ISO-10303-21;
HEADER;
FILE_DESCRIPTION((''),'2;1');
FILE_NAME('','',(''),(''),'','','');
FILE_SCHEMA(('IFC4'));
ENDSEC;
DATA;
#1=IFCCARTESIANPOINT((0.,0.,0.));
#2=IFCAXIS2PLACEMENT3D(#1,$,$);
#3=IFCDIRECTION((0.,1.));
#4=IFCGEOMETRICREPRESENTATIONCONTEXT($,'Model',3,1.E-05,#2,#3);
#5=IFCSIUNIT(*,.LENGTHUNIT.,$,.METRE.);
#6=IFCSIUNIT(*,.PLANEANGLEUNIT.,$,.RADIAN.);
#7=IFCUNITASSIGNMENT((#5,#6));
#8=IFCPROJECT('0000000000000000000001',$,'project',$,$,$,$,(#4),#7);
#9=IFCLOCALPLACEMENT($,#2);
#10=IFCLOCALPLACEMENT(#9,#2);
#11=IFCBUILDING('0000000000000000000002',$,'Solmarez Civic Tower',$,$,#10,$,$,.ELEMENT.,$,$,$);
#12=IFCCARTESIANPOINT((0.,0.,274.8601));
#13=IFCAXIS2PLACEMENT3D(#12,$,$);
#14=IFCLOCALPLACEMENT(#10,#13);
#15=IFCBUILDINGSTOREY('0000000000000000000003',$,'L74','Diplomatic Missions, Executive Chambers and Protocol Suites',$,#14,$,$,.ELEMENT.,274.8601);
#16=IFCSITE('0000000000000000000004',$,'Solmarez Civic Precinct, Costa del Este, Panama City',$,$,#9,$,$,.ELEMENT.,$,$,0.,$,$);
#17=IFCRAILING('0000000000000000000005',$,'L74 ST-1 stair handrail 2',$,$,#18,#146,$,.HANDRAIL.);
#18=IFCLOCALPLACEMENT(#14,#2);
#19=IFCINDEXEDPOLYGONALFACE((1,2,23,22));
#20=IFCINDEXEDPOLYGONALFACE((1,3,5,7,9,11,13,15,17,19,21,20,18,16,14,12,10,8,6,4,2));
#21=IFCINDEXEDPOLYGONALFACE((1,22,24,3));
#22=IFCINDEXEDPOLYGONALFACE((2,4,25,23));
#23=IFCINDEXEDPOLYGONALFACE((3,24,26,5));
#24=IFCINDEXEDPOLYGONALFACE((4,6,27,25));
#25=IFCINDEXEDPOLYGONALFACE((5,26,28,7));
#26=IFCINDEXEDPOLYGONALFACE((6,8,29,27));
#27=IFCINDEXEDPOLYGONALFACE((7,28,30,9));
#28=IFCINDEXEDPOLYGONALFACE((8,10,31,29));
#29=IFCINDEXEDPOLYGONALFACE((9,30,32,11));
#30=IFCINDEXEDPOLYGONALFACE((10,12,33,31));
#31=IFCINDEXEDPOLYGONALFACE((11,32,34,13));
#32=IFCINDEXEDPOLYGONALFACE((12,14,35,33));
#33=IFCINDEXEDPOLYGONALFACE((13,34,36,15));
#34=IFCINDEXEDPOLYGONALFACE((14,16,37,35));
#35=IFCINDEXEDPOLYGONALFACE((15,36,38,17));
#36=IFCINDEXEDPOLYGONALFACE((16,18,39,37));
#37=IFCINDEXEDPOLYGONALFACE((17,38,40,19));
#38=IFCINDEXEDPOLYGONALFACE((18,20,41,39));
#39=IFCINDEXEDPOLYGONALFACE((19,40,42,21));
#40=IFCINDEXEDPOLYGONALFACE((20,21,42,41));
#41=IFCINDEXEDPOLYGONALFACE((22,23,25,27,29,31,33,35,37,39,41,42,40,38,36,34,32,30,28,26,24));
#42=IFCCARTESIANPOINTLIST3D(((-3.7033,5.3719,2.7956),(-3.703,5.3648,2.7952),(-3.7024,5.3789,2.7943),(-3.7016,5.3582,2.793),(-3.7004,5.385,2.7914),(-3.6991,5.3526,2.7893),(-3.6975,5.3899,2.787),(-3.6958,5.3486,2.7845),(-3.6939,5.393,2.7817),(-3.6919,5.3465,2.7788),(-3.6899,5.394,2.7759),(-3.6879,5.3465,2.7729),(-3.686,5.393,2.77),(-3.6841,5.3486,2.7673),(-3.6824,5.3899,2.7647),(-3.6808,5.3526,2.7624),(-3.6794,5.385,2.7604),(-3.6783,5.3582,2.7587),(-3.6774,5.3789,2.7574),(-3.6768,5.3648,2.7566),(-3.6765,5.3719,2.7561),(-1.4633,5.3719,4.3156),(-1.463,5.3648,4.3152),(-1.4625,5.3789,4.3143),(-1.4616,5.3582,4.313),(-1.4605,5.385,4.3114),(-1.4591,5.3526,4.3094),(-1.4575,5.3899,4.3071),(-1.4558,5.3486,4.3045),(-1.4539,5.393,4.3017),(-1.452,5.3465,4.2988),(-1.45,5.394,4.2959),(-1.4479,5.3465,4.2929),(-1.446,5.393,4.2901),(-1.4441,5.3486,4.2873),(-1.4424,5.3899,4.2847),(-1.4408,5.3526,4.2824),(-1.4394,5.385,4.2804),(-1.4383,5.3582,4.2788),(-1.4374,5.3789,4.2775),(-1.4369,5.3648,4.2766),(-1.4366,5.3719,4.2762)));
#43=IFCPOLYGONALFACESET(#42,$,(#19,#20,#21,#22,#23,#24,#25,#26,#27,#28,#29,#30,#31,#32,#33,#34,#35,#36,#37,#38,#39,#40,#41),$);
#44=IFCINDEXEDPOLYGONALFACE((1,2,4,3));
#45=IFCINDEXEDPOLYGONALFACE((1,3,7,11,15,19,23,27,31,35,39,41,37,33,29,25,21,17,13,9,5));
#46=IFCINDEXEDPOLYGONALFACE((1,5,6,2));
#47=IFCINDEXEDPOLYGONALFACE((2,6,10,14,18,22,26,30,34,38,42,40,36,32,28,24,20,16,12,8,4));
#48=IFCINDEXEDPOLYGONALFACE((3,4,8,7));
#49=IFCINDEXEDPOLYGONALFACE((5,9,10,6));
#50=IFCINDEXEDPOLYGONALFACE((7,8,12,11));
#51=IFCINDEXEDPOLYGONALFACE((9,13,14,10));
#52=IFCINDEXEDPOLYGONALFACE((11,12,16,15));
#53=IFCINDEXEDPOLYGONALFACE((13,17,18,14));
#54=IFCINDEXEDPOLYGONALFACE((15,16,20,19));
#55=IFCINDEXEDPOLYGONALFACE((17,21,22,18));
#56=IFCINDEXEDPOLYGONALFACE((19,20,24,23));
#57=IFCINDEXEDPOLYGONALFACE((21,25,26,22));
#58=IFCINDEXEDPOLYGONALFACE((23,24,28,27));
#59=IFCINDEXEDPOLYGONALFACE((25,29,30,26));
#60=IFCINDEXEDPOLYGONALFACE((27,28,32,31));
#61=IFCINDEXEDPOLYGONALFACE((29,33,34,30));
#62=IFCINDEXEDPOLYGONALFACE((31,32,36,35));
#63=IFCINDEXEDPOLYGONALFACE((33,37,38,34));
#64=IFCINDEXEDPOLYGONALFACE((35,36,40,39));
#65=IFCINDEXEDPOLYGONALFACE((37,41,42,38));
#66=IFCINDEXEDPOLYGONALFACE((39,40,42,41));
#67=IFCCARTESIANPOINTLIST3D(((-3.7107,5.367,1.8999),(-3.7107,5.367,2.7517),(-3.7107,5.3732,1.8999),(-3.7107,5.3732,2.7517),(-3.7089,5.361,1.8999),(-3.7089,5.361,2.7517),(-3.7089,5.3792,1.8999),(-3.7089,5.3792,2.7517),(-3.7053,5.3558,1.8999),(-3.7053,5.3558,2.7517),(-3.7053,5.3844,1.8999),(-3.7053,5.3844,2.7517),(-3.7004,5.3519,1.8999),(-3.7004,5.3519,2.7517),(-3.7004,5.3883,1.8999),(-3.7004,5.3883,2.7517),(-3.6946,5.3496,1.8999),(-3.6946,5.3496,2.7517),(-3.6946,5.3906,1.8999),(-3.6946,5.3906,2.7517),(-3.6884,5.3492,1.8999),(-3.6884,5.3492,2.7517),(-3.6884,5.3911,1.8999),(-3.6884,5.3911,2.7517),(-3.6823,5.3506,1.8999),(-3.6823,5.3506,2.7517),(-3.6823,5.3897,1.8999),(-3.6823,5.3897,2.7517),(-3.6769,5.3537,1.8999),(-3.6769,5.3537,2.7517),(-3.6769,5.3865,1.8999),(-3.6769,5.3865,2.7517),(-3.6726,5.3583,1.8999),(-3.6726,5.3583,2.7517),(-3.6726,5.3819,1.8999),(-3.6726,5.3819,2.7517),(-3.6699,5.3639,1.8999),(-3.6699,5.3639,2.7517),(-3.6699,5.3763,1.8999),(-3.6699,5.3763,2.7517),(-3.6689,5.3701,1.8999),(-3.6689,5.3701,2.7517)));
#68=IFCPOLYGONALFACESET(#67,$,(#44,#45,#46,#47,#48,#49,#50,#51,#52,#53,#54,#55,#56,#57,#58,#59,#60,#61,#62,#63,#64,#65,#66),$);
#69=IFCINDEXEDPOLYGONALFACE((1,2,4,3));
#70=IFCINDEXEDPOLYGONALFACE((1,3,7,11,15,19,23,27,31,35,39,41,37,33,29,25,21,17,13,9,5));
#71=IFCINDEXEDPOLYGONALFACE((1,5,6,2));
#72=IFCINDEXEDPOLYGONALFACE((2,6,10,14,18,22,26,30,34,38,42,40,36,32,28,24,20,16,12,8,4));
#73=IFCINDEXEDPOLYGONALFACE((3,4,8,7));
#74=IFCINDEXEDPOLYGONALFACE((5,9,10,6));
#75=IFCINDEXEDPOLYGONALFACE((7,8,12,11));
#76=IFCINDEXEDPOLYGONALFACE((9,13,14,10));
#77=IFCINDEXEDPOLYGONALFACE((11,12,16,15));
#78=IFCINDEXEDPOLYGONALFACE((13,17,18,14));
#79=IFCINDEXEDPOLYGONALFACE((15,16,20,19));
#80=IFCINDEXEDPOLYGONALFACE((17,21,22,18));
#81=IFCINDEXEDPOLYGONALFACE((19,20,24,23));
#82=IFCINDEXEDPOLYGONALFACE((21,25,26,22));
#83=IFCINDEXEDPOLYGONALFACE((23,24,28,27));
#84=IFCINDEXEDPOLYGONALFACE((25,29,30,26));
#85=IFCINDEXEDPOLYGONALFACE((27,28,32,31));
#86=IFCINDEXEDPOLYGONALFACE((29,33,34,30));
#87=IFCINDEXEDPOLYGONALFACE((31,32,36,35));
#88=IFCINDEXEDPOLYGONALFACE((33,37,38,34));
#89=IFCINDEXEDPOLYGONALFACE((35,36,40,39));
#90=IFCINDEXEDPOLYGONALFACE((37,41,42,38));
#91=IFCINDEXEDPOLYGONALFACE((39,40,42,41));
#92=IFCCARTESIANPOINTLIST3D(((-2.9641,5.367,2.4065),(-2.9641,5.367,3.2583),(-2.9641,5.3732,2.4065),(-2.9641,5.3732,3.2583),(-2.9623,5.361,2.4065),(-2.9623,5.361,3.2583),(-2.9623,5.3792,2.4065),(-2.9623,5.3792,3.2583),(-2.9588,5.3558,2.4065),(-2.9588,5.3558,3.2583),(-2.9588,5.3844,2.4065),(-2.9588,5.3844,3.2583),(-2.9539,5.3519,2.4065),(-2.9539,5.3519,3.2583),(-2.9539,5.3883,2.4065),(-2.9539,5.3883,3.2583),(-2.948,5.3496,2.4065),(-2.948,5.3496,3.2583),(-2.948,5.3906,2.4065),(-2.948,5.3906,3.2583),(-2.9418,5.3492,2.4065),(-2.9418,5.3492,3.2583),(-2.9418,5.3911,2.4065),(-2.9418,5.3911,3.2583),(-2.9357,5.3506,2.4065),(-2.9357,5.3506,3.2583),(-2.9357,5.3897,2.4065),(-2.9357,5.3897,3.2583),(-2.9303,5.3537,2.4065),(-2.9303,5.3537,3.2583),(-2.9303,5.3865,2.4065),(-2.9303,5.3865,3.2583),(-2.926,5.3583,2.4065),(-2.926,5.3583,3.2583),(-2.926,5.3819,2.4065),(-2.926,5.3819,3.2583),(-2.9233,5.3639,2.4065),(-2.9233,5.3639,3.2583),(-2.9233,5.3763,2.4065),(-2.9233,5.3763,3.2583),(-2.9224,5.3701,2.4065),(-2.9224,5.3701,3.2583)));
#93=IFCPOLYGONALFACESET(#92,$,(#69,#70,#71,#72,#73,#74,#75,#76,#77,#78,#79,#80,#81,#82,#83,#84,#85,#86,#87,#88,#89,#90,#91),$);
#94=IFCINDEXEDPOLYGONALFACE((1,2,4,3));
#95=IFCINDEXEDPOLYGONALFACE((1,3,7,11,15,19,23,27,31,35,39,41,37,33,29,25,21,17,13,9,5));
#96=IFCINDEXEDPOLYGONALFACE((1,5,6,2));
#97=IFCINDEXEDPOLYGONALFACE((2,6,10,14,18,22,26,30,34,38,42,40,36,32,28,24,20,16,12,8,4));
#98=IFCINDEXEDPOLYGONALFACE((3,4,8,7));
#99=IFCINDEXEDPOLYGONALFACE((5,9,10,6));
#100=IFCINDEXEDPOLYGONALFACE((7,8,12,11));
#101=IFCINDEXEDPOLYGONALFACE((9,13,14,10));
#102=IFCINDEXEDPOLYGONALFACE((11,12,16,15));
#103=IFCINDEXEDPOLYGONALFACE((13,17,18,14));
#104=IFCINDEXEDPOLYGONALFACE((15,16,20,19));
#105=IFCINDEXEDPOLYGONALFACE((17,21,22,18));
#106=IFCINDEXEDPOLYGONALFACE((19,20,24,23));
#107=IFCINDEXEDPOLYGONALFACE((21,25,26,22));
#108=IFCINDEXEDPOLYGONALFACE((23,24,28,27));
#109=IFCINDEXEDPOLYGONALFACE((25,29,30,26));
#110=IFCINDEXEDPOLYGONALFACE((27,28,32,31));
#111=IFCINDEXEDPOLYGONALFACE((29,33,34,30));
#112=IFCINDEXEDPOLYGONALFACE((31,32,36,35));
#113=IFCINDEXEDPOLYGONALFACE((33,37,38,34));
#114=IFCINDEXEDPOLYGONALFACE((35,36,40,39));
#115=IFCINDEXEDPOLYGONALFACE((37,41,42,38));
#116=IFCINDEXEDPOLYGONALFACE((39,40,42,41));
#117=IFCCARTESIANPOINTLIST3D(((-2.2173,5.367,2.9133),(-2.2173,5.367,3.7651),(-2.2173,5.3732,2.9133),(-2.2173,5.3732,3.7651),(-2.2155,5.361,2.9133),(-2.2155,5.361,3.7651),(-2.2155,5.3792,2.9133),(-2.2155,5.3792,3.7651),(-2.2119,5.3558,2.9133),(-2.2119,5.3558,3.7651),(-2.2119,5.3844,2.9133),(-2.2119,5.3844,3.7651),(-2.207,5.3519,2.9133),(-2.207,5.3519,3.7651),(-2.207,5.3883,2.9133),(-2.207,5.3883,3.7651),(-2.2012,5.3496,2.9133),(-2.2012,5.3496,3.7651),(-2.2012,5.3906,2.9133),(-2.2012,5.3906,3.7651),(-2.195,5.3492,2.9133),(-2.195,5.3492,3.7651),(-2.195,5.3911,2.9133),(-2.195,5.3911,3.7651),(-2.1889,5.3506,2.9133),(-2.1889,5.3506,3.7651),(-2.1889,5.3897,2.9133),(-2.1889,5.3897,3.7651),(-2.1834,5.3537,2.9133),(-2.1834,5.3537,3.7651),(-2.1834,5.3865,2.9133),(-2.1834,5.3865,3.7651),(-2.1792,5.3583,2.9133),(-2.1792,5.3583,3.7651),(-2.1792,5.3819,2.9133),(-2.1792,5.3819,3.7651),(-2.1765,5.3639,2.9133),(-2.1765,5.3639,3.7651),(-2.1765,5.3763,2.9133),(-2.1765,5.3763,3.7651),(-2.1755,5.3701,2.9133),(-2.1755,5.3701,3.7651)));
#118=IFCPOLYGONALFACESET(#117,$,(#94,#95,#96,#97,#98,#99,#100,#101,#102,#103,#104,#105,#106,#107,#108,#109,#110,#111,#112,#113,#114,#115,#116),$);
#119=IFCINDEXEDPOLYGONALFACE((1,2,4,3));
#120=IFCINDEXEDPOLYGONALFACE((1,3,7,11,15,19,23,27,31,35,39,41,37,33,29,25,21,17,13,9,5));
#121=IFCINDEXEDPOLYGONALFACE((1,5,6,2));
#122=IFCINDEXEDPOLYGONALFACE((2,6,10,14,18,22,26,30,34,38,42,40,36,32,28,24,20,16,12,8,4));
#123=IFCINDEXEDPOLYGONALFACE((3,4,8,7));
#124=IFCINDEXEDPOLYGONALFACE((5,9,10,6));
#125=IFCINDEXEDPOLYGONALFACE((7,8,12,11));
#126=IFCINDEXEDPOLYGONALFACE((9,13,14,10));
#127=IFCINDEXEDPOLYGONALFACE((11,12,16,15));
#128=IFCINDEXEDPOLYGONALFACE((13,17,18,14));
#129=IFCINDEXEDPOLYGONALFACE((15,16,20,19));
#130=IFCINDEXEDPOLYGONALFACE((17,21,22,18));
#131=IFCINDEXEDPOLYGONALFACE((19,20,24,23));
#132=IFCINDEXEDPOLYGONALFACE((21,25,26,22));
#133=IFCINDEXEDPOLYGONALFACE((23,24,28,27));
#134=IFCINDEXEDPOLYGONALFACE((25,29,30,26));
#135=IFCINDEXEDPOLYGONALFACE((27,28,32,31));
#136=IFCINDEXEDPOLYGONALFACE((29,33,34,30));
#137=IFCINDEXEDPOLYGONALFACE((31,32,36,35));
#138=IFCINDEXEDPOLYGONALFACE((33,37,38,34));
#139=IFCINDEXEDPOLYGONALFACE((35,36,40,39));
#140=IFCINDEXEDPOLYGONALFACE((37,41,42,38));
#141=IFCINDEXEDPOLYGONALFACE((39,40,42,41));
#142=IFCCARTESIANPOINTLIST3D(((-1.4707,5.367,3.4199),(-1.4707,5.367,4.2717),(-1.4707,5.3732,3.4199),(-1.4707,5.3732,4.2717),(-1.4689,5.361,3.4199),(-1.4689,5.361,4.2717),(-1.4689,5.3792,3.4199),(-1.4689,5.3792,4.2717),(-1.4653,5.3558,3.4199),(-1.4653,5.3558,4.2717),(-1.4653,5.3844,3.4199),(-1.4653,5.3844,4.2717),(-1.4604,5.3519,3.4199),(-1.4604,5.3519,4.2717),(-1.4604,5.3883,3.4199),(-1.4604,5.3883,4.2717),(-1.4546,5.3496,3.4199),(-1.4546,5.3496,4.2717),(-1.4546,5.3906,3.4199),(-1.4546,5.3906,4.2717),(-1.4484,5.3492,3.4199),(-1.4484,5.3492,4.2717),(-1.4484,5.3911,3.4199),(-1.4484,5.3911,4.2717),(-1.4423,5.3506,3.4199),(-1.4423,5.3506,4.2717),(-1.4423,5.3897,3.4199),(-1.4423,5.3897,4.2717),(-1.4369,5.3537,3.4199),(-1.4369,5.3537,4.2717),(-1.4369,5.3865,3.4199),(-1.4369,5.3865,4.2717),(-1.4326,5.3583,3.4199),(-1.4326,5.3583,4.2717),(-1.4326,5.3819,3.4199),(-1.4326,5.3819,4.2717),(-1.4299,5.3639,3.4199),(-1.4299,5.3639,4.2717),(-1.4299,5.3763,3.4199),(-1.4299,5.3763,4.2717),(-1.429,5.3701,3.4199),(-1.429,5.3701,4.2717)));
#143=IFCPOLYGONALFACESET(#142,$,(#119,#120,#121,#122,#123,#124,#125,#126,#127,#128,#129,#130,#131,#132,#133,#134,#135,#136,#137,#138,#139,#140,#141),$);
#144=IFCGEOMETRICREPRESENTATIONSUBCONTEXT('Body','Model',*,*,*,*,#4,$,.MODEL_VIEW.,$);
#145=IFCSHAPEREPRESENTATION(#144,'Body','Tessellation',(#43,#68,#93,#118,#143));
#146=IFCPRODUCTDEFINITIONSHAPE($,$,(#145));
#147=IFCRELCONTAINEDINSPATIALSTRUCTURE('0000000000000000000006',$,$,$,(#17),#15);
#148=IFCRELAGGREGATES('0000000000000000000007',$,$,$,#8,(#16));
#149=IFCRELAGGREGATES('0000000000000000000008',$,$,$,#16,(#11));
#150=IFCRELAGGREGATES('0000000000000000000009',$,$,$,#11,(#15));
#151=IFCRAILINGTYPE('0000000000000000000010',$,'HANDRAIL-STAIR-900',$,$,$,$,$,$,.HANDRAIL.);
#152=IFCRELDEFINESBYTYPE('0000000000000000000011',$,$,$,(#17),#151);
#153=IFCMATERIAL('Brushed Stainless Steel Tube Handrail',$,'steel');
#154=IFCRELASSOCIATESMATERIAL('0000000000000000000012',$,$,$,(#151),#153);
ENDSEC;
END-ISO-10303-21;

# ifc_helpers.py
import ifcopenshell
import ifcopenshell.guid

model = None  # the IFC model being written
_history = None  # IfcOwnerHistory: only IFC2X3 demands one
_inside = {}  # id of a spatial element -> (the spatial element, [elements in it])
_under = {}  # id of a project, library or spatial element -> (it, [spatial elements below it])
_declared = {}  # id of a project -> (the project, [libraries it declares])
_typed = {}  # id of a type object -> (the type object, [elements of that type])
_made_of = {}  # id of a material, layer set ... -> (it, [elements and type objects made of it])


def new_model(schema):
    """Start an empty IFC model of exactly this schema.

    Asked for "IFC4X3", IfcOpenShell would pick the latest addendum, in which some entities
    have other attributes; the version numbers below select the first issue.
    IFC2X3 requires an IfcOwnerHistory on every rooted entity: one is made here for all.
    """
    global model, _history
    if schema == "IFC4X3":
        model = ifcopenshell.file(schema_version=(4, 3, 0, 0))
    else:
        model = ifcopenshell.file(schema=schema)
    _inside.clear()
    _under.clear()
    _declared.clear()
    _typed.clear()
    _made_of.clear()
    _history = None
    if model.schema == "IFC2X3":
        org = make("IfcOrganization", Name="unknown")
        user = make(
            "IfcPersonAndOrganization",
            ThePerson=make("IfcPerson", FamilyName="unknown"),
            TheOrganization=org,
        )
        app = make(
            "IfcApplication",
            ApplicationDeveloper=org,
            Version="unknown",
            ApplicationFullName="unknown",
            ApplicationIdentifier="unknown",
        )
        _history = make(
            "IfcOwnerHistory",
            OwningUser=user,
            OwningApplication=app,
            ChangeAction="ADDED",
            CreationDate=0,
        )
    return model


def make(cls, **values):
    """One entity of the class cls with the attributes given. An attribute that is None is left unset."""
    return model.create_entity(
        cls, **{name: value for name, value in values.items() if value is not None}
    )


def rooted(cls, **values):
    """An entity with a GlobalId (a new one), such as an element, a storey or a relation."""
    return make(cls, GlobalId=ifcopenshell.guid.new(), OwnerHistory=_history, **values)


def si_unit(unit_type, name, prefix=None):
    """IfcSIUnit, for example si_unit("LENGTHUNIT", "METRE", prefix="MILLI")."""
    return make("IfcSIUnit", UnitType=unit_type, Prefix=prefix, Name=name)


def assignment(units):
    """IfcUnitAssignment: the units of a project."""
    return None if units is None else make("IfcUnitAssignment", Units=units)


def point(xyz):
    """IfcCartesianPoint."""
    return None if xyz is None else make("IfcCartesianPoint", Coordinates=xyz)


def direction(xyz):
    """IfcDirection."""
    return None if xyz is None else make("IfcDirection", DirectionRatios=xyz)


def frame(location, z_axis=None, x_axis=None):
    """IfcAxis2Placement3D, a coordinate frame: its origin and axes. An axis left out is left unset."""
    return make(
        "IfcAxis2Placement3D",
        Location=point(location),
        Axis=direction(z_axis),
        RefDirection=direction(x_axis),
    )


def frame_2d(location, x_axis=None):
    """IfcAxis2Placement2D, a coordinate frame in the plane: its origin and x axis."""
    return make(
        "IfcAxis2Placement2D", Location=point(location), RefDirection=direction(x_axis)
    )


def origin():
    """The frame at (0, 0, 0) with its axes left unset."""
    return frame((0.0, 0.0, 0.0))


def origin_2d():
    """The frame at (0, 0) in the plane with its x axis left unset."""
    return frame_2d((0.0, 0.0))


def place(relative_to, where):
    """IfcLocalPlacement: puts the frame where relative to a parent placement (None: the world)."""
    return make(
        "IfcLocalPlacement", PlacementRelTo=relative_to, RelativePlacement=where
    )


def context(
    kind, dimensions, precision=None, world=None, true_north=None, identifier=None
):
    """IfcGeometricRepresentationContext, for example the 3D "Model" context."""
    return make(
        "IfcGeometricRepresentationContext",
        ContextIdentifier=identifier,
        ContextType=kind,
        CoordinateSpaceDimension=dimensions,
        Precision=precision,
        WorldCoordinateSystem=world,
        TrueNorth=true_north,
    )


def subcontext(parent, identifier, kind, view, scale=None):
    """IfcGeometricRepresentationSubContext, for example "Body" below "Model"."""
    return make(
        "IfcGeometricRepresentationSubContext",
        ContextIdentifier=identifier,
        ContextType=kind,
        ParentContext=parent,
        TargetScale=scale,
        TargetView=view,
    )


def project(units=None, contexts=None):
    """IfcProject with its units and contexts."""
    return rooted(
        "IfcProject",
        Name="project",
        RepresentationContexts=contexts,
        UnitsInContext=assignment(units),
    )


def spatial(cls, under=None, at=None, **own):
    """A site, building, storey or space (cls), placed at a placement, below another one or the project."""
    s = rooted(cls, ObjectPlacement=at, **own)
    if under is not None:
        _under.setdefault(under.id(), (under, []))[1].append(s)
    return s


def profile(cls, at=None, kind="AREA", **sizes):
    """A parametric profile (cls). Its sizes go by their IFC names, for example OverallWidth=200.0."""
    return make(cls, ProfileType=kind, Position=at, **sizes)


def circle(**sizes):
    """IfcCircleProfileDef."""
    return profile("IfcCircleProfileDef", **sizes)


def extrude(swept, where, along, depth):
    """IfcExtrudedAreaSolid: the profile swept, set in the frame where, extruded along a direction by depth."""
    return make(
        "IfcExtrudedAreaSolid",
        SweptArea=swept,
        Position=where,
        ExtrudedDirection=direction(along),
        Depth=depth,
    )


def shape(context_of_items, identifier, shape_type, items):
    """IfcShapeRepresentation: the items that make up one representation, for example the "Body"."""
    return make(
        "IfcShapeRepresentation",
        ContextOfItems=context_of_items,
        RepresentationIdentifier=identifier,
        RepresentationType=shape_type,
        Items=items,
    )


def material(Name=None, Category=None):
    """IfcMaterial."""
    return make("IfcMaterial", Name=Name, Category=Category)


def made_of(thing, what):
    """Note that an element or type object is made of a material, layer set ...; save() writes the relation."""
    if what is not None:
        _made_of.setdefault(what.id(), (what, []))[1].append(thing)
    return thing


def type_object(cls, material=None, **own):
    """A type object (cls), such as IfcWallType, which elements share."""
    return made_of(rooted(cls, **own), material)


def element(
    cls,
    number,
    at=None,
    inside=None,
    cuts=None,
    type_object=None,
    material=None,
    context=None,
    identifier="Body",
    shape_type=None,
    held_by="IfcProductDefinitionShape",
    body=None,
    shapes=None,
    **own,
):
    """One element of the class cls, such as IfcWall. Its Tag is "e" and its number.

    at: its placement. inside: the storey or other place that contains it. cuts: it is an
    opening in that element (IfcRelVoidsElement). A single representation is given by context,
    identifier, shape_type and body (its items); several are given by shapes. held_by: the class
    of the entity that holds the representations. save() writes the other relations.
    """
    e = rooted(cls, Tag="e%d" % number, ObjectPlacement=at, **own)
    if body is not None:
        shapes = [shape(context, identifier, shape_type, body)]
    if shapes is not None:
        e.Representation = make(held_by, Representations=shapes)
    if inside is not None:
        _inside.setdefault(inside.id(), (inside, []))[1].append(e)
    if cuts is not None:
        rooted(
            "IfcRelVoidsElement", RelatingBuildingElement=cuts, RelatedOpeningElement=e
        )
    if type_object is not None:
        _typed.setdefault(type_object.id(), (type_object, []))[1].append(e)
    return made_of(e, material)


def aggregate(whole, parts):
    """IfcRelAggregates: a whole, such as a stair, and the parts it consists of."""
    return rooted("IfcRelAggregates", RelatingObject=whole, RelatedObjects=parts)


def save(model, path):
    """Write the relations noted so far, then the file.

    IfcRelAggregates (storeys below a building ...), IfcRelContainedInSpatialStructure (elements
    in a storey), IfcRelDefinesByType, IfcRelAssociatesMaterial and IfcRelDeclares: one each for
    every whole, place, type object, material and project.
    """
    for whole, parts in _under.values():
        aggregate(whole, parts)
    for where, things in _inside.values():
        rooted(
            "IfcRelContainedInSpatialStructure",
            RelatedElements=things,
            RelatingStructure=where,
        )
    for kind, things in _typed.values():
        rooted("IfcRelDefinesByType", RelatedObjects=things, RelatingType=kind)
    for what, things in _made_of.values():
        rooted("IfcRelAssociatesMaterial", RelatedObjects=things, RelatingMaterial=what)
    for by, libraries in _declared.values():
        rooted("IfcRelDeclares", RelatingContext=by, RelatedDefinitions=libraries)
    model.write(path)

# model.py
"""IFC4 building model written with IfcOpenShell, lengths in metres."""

from ifc_helpers import new_model, si_unit, direction, frame, origin, origin_2d, place, context, subcontext, project, spatial, circle, extrude, material, type_object, element, save


model = new_model("IFC4")

# Units and contexts
model_context = context("Model", 3, precision=1e-05, world=origin(), true_north=direction((0.0, 1.0)))
body_context = subcontext(model_context, "Body", "Model", "MODEL_VIEW")
ifc_project = project(units=[si_unit("LENGTHUNIT", "METRE"), si_unit("PLANEANGLEUNIT", "RADIAN")], contexts=[model_context])

# Site, building, storey
site_placement = place(None, origin())
site = spatial("IfcSite", under=ifc_project, at=site_placement, Name="Solmarez Civic Precinct, Costa del Este, Panama City", CompositionType="ELEMENT", RefElevation=0.0)
building_placement = place(site_placement, origin())
building = spatial("IfcBuilding", under=site, at=building_placement, Name="Solmarez Civic Tower", CompositionType="ELEMENT")
storey_placement = place(building_placement, frame((0.0, 0.0, 274.8601)))
storey = spatial("IfcBuildingStorey", under=building, at=storey_placement, Name="L74", Description="Diplomatic Missions, Executive Chambers and Protocol Suites", CompositionType="ELEMENT", Elevation=274.8601)

# Railing
ifc_material_1 = material(Name="Brushed Stainless Steel Tube Handrail", Category="steel")
railing_type_1 = type_object("IfcRailingType", Name="HANDRAIL-STAIR-900", PredefinedType="HANDRAIL", material=ifc_material_1)
railing_1_placement = place(storey_placement, frame((-3.6899, 5.3701, 1.8999)))
element("IfcRailing", 1, at=railing_1_placement, inside=storey, type_object=railing_type_1, Name="L74 ST-1 stair handrail 2", PredefinedType="HANDRAIL", context=body_context, shape_type="SweptSolid", body=[
    extrude(circle(Radius=0.0239, at=origin_2d()), frame((0.0, 0.0, 0.876), z_axis=(0.827471, 0.0, 0.561508), x_axis=(0.0, 1.0, 0.0)), (0.0, 0.0, 1.0), 2.707),
    extrude(circle(Radius=0.021, at=origin_2d()), origin(), (0.0, 0.0, 1.0), 0.8518),
    extrude(circle(Radius=0.021, at=origin_2d()), frame((0.7466, 0.0, 0.5066)), (0.0, 0.0, 1.0), 0.8518),
    extrude(circle(Radius=0.021, at=origin_2d()), frame((1.4934, 0.0, 1.0134)), (0.0, 0.0, 1.0), 0.8518),
    extrude(circle(Radius=0.021, at=origin_2d()), frame((2.24, 0.0, 1.52)), (0.0, 0.0, 1.0), 0.8518),
])

save(model, "model.ifc")
